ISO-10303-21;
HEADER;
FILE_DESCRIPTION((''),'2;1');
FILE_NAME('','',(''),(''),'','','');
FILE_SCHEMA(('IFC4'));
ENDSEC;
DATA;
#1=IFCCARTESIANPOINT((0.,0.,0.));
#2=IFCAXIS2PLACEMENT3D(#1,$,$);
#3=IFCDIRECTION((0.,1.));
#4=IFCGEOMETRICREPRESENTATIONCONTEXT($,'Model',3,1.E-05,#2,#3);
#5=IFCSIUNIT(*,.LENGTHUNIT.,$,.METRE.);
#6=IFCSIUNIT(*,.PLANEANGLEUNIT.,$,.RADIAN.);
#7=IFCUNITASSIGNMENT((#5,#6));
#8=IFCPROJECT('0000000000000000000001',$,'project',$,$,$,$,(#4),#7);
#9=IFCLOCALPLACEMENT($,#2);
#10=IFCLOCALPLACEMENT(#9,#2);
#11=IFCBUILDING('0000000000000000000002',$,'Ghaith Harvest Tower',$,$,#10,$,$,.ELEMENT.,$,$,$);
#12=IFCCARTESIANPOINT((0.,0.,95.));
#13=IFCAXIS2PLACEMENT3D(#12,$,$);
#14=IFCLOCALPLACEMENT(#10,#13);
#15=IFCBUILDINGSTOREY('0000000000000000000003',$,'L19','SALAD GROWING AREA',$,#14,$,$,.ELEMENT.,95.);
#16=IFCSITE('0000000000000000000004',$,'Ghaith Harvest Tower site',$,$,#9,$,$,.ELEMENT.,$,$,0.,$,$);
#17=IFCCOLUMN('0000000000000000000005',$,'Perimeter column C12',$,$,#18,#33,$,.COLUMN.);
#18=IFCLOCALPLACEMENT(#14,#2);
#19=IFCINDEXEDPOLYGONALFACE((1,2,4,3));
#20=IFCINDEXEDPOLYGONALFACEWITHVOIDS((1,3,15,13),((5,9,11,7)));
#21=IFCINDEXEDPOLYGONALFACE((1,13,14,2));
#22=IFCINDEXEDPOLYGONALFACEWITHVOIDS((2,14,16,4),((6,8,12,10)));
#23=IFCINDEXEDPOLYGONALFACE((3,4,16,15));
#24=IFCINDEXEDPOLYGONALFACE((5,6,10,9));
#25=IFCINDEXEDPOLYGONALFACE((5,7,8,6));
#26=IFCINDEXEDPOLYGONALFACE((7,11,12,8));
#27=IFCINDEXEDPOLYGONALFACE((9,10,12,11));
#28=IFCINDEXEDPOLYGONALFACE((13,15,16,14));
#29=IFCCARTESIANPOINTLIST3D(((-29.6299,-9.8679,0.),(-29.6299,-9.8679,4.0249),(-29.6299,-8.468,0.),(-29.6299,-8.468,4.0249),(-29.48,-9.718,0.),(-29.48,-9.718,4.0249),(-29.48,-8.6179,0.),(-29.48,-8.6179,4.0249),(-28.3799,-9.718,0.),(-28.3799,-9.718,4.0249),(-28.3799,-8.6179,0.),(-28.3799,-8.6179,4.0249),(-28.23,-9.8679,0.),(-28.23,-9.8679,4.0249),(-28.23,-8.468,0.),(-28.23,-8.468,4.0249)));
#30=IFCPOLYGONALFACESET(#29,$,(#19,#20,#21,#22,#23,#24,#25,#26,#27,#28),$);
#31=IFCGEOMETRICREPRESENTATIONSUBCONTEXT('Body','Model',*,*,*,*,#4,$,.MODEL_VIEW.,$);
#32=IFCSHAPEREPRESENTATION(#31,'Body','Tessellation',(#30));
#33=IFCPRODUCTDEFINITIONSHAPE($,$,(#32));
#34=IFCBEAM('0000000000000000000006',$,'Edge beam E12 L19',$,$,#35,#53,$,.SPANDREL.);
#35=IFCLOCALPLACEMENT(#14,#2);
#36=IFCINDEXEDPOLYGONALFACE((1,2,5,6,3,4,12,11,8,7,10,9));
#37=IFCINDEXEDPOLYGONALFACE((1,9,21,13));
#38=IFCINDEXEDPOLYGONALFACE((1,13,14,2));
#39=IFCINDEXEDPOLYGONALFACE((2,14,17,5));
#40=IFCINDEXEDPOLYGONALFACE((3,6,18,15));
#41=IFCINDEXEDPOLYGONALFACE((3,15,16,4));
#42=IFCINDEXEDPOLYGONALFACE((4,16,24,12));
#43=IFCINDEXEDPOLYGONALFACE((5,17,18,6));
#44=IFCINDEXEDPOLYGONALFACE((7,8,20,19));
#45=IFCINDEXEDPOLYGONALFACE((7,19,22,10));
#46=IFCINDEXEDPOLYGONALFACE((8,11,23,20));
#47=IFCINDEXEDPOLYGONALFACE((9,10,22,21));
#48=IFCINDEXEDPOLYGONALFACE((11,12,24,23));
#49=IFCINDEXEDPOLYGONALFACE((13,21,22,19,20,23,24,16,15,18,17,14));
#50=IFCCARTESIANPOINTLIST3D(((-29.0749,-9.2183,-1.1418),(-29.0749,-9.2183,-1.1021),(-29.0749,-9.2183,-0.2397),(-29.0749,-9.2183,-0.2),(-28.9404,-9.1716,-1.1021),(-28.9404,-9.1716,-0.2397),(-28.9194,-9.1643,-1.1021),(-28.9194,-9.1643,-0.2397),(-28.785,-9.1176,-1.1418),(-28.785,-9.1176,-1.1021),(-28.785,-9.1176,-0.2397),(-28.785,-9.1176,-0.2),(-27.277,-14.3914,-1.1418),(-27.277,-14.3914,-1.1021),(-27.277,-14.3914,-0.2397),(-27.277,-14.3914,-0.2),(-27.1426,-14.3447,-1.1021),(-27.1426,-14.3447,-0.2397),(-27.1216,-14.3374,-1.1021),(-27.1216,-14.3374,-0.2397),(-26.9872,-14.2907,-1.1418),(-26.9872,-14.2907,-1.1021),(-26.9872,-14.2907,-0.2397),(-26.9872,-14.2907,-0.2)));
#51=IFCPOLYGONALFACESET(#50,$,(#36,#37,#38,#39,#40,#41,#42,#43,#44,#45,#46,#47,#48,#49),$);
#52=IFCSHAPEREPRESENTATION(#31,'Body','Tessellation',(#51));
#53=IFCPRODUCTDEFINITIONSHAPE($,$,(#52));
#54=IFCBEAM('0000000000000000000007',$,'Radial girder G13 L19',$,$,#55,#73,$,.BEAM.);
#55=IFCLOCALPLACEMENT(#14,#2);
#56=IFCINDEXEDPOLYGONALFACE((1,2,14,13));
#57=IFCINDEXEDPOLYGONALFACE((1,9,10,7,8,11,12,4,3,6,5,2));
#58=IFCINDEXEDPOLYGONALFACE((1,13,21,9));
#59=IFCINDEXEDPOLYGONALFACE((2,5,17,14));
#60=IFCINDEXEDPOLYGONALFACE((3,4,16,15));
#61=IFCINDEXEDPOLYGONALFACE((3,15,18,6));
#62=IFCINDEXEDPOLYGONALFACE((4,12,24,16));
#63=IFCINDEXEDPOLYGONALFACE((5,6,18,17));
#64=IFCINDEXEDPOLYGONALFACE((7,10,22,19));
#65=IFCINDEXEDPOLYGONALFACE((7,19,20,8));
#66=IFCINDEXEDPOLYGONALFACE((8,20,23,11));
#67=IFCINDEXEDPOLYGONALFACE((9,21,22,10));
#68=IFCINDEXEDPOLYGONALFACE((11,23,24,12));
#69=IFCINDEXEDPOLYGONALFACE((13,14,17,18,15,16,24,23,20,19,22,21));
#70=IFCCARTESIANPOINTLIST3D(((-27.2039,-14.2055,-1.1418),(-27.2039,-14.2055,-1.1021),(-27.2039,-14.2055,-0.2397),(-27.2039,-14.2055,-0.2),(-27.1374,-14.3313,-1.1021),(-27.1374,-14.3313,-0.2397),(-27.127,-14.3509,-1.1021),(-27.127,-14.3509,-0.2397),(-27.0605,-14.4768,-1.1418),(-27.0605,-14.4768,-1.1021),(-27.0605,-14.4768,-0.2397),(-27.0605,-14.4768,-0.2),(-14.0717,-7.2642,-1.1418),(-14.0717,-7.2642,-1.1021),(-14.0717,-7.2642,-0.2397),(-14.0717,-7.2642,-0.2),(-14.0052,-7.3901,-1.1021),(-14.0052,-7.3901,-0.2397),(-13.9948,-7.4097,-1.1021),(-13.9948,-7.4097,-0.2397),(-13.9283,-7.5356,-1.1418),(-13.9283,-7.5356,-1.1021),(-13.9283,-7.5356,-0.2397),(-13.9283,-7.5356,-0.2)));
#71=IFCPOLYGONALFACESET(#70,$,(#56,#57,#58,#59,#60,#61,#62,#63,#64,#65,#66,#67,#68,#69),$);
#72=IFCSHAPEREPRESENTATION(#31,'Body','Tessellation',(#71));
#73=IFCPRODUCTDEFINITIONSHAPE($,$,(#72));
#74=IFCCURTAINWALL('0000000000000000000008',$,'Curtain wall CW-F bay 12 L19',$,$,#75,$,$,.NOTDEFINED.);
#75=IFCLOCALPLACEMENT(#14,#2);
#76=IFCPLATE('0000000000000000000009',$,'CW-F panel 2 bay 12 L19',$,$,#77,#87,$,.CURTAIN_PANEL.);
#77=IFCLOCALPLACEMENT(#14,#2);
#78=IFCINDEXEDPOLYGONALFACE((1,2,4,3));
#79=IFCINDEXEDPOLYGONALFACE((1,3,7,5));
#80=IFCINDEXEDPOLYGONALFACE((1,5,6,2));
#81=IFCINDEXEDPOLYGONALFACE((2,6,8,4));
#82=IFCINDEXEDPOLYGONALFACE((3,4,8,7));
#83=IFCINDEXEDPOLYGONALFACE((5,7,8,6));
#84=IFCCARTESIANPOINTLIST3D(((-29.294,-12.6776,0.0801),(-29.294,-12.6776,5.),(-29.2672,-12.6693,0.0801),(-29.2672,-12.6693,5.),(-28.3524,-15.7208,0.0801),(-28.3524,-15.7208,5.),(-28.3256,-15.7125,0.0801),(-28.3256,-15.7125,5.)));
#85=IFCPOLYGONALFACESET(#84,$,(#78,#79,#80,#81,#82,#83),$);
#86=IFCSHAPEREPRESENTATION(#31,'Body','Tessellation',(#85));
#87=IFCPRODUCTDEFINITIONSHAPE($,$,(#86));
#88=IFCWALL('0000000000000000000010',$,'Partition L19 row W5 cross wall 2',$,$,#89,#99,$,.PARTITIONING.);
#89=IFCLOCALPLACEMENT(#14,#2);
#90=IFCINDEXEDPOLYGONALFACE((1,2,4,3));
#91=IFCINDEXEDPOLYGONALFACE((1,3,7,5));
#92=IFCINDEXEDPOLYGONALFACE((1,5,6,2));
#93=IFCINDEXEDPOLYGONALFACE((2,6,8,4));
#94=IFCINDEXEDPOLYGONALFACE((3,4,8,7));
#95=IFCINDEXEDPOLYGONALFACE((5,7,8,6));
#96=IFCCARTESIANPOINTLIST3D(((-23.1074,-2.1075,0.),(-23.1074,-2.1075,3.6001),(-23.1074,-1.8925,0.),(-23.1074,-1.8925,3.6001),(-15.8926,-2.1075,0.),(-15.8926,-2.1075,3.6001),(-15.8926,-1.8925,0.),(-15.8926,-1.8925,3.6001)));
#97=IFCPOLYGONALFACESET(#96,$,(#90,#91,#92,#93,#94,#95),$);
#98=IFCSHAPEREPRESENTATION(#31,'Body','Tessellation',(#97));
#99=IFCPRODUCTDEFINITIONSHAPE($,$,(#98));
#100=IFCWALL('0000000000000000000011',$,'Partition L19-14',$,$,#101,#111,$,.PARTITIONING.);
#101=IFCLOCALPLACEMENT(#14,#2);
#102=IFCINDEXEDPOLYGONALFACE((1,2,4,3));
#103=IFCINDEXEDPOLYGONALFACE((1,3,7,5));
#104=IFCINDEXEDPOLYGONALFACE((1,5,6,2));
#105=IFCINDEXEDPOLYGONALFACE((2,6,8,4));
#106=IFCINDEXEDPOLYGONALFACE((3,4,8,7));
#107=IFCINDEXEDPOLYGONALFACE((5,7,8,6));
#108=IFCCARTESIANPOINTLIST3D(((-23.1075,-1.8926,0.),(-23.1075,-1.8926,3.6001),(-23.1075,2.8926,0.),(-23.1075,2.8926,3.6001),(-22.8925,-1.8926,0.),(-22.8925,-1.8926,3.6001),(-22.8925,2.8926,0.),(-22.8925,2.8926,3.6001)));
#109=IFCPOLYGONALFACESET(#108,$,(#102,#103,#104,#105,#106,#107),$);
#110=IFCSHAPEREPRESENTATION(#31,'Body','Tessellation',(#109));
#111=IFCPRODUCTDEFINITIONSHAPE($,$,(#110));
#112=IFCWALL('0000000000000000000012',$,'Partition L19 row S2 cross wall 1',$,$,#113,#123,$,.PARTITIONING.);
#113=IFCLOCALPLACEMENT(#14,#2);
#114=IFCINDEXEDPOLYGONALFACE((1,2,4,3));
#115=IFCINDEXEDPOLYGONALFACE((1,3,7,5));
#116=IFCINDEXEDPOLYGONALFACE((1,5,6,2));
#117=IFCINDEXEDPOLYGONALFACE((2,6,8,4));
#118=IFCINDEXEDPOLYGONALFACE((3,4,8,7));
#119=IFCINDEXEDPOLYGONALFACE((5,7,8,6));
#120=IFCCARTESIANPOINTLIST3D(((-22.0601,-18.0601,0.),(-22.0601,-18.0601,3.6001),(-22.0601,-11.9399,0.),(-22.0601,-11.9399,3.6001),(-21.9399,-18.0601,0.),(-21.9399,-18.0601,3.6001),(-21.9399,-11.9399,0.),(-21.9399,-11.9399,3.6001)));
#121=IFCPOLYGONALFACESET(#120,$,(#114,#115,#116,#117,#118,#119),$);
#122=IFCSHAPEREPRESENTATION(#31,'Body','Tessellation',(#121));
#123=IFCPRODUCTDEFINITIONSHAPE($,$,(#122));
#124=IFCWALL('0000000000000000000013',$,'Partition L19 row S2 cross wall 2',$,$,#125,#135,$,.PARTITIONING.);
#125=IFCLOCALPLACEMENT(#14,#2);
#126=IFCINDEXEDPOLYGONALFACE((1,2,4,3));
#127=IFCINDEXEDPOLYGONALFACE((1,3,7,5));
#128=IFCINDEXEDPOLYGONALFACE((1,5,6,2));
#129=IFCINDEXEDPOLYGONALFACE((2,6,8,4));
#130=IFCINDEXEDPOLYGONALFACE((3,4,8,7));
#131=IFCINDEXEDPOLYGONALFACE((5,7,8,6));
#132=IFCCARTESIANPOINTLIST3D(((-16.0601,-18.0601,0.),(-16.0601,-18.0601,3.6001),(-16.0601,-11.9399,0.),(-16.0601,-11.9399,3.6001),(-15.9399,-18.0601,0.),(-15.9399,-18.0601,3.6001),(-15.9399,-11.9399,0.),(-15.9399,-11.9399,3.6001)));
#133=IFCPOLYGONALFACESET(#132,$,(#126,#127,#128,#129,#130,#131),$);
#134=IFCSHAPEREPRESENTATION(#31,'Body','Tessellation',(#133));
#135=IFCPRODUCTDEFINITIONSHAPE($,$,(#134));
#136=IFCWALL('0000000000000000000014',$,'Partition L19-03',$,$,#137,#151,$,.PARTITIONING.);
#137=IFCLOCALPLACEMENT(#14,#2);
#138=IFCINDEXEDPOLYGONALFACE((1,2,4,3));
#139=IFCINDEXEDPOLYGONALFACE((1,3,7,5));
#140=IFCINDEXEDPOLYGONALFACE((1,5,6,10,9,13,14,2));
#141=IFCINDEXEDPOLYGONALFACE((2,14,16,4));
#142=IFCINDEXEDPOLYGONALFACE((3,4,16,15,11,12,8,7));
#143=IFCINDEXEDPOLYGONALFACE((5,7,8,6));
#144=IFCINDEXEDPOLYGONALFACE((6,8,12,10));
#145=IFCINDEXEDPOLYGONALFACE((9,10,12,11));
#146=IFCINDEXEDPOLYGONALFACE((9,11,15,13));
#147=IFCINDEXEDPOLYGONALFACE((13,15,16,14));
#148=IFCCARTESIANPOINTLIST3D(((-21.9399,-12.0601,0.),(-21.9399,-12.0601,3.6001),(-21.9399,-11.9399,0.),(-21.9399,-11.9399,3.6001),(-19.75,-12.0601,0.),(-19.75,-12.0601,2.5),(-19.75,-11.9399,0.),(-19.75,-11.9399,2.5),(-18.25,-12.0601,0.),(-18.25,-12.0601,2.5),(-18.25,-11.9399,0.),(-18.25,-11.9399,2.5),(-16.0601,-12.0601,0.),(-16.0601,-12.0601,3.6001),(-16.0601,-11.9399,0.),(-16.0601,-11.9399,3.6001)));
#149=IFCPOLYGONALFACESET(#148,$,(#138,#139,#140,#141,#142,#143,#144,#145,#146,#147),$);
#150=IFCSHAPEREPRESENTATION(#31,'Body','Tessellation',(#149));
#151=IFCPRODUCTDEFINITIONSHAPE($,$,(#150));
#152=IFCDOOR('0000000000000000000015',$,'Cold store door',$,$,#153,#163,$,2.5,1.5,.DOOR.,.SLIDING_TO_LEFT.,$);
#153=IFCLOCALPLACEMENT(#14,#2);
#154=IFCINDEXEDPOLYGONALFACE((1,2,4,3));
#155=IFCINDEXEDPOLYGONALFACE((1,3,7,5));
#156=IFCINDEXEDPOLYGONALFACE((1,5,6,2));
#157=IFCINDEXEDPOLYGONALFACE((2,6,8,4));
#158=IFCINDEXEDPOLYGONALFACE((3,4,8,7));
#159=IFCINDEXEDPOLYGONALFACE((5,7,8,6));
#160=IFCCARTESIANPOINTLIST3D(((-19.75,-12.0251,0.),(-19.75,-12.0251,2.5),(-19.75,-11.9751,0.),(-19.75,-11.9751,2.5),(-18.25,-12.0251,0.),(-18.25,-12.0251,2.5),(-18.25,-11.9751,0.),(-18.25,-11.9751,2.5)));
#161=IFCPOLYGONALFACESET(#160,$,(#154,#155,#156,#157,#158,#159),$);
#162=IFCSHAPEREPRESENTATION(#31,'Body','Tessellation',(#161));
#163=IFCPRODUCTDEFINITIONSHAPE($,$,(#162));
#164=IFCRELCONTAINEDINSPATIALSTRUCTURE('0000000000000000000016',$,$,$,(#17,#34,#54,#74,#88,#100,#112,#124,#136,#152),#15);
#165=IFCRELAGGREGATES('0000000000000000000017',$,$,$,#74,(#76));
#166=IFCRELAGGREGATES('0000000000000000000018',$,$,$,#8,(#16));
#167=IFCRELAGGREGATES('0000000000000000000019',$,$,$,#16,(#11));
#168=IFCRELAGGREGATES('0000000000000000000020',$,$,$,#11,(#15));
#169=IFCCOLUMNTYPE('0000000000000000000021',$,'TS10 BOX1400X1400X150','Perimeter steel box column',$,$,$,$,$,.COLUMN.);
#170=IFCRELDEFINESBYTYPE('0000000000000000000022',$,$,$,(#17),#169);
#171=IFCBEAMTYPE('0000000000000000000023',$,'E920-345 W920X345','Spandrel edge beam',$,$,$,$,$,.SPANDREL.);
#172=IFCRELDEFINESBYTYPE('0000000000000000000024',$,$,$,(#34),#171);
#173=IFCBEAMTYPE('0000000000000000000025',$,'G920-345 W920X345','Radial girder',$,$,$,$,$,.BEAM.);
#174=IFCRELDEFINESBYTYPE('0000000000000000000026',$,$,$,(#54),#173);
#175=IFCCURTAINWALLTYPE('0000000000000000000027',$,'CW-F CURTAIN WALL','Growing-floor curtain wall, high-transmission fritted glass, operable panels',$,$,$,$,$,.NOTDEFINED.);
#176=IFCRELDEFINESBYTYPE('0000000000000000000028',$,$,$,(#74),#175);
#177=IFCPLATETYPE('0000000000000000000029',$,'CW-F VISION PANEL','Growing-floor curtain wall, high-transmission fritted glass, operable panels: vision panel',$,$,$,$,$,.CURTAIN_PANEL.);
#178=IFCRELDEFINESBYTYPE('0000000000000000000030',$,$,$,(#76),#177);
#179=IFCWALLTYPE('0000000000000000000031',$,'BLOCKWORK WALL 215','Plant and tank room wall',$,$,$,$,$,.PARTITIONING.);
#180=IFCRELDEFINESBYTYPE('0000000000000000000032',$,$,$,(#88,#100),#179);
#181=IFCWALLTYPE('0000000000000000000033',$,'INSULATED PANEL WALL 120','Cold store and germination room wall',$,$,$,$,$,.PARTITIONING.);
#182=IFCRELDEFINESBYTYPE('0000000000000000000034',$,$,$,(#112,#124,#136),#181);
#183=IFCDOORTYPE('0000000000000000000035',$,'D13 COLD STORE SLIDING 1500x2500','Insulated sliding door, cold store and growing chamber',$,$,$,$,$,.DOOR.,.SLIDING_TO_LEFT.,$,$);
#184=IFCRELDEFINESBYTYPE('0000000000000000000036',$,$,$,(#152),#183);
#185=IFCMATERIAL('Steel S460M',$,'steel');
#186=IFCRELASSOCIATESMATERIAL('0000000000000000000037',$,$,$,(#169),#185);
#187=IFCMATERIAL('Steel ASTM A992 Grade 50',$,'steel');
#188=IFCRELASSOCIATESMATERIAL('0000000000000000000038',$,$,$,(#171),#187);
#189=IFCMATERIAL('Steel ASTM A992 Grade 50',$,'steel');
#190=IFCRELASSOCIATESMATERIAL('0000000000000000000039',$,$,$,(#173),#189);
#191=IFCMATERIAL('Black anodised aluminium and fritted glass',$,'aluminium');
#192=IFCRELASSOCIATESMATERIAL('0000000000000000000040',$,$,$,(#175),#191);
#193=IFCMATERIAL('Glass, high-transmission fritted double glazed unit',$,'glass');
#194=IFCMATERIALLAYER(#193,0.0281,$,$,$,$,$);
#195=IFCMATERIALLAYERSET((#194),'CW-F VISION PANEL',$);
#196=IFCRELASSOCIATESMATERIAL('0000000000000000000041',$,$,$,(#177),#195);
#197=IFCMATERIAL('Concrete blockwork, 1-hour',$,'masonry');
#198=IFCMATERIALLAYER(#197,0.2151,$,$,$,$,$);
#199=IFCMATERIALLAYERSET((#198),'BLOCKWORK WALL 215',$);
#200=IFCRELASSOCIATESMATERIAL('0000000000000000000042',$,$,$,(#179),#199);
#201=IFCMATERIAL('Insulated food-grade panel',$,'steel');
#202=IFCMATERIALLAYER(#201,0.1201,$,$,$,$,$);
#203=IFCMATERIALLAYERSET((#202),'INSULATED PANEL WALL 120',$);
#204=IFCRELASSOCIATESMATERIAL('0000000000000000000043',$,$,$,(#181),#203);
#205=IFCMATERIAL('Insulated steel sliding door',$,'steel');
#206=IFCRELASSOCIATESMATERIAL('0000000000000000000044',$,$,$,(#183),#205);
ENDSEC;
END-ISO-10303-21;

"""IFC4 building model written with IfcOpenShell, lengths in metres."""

from ifc_helpers import new_model, si_unit, direction, frame, frame_2d, origin, origin_2d, place, context, subcontext, project, spatial, rectangle, hollow_rectangle, i_section, extrude, material, layer, layer_set, material_profile, profile_set, type_object, element, fill, aggregate, save


model = new_model("IFC4")

# Units and contexts
model_context = context("Model", 3, precision=1e-05, world=origin(), true_north=direction((0.0, 1.0)))
body_context = subcontext(model_context, "Body", "Model", "MODEL_VIEW")
ifc_project = project(units=[si_unit("LENGTHUNIT", "METRE"), si_unit("PLANEANGLEUNIT", "RADIAN")], contexts=[model_context])

# Site, building, storey
site_placement = place(None, origin())
site = spatial("IfcSite", under=ifc_project, at=site_placement, Name="Ghaith Harvest Tower site", CompositionType="ELEMENT", RefElevation=0.0)
building_placement = place(site_placement, origin())
building = spatial("IfcBuilding", under=site, at=building_placement, Name="Ghaith Harvest Tower", CompositionType="ELEMENT")
storey_placement = place(building_placement, frame((0.0, 0.0, 95.0)))
storey = spatial("IfcBuildingStorey", under=building, at=storey_placement, Name="L19", Description="SALAD GROWING AREA", CompositionType="ELEMENT", Elevation=95.0)

# Column
ifc_material_1 = material(Name="Steel S460M", Category="steel")
ifc_material_profile_1 = material_profile(ifc_material_1, hollow_rectangle(XDim=1.3999, YDim=1.3999, WallThickness=0.1499, at=origin_2d()), Name="BOX1400X1400X150")
ifc_profile_set_1 = profile_set([ifc_material_profile_1], Name="Steel S460M")
column_type = type_object("IfcColumnType", Name="TS10 BOX1400X1400X150", Description="Perimeter steel box column", PredefinedType="COLUMN", material=ifc_profile_set_1)
column_placement = place(storey_placement, frame((-28.9299, -9.168, 0.0), z_axis=(0.0, 0.0, 1.0), x_axis=(1.0, 0.0, 0.0)))
element("IfcColumn", 1, at=column_placement, inside=storey, type_object=column_type, Name="Perimeter column C12", PredefinedType="COLUMN", context=body_context, shape_type="SweptSolid", body=[
    extrude(hollow_rectangle(XDim=1.3999, YDim=1.3999, WallThickness=0.1499, at=origin_2d()), origin(), (0.0, 0.0, 1.0), 4.0249),
])

# Beams
ifc_material_2 = material(Name="Steel ASTM A992 Grade 50", Category="steel")
ifc_material_profile_2 = material_profile(ifc_material_2, i_section(OverallWidth=0.3069, OverallDepth=0.9419, WebThickness=0.0222, FlangeThickness=0.0398, at=origin_2d()), Name="W920X345")
ifc_profile_set_2 = profile_set([ifc_material_profile_2], Name="Steel ASTM A992 Grade 50")
beam_type_1 = type_object("IfcBeamType", Name="E920-345 W920X345", Description="Spandrel edge beam", PredefinedType="SPANDREL", material=ifc_profile_set_2)
beam_1_placement = place(storey_placement, frame((-28.9299, -9.168, -0.6709), z_axis=(0.328279, -0.944581, 0.0), x_axis=(0.944581, 0.328279, 0.0)))
element("IfcBeam", 2, at=beam_1_placement, inside=storey, type_object=beam_type_1, Name="Edge beam E12 L19", PredefinedType="SPANDREL", context=body_context, shape_type="SweptSolid", body=[
    extrude(i_section(OverallWidth=0.3069, OverallDepth=0.9419, WebThickness=0.0222, FlangeThickness=0.0398, at=origin_2d()), origin(), (0.0, 0.0, 1.0), 5.4766),
])
ifc_material_3 = material(Name="Steel ASTM A992 Grade 50", Category="steel")
ifc_material_profile_3 = material_profile(ifc_material_3, i_section(OverallWidth=0.3069, OverallDepth=0.9419, WebThickness=0.0222, FlangeThickness=0.0398, at=origin_2d()), Name="W920X345")
ifc_profile_set_3 = profile_set([ifc_material_profile_3], Name="Steel ASTM A992 Grade 50")
beam_type_2 = type_object("IfcBeamType", Name="G920-345 W920X345", Description="Radial girder", PredefinedType="BEAM", material=ifc_profile_set_3)
beam_2_placement = place(storey_placement, frame((-14.0, -7.3999, -0.6709), z_axis=(-0.884097, -0.467303, 0.0), x_axis=(0.467303, -0.884097, 0.0)))
element("IfcBeam", 3, at=beam_2_placement, inside=storey, type_object=beam_type_2, Name="Radial girder G13 L19", PredefinedType="BEAM", context=body_context, shape_type="SweptSolid", body=[
    extrude(i_section(OverallWidth=0.3069, OverallDepth=0.9419, WebThickness=0.0222, FlangeThickness=0.0398, at=origin_2d()), origin(), (0.0, 0.0, 1.0), 14.8538),
])

# Curtain wall, plate
ifc_material_4 = material(Name="Black anodised aluminium and fritted glass", Category="aluminium")
curtain_wall_type = type_object("IfcCurtainWallType", Name="CW-F CURTAIN WALL", Description="Growing-floor curtain wall, high-transmission fritted glass, operable panels", PredefinedType="NOTDEFINED", material=ifc_material_4)
curtain_wall_placement = place(storey_placement, origin())
curtain_wall = element("IfcCurtainWall", 4, at=curtain_wall_placement, inside=storey, type_object=curtain_wall_type, Name="Curtain wall CW-F bay 12 L19", PredefinedType="NOTDEFINED")
ifc_material_5 = material(Name="Glass, high-transmission fritted double glazed unit", Category="glass")
ifc_layer_1 = layer(ifc_material_5, 0.0281)
ifc_layer_set_1 = layer_set([ifc_layer_1], Name="CW-F VISION PANEL")
plate_type = type_object("IfcPlateType", Name="CW-F VISION PANEL", Description="Growing-floor curtain wall, high-transmission fritted glass, operable panels: vision panel", PredefinedType="CURTAIN_PANEL", material=ifc_layer_set_1)
plate_placement = place(storey_placement, frame((-28.8098, -14.1951, 0.0801), z_axis=(0.0, 0.0, 1.0), x_axis=(0.295583, -0.955317, 0.0)))
plate = element("IfcPlate", 5, at=plate_placement, type_object=plate_type, Name="CW-F panel 2 bay 12 L19", PredefinedType="CURTAIN_PANEL", context=body_context, shape_type="SweptSolid", body=[
    extrude(rectangle(XDim=3.1855, YDim=0.0281, at=origin_2d()), origin(), (0.0, 0.0, 1.0), 4.9199),
])
aggregate(curtain_wall, [plate])

# Wall
ifc_material_6 = material(Name="Concrete blockwork, 1-hour", Category="masonry")
ifc_layer_2 = layer(ifc_material_6, 0.2151)
ifc_layer_set_2 = layer_set([ifc_layer_2], Name="BLOCKWORK WALL 215")
wall_type_1 = type_object("IfcWallType", Name="BLOCKWORK WALL 215", Description="Plant and tank room wall", PredefinedType="PARTITIONING", material=ifc_layer_set_2)
wall_1_placement = place(storey_placement, frame((-15.8926, -2.0, 0.0), z_axis=(0.0, 0.0, 1.0), x_axis=(-1.0, 0.0, 0.0)))
element("IfcWall", 6, at=wall_1_placement, inside=storey, type_object=wall_type_1, Name="Partition L19 row W5 cross wall 2", PredefinedType="PARTITIONING", context=body_context, shape_type="SweptSolid", body=[
    extrude(rectangle(XDim=7.2148, YDim=0.2151, at=frame_2d((3.6074, 0.0))), origin(), (0.0, 0.0, 1.0), 3.6001),
])

# Wall
wall_2_placement = place(storey_placement, frame((-23.0, -1.8926, 0.0), z_axis=(0.0, 0.0, 1.0), x_axis=(0.0, 1.0, 0.0)))
element("IfcWall", 7, at=wall_2_placement, inside=storey, type_object=wall_type_1, Name="Partition L19-14", PredefinedType="PARTITIONING", context=body_context, shape_type="SweptSolid", body=[
    extrude(rectangle(XDim=4.7852, YDim=0.2151, at=frame_2d((2.3926, 0.0))), origin(), (0.0, 0.0, 1.0), 3.6001),
])

# Walls
ifc_material_7 = material(Name="Insulated food-grade panel", Category="steel")
ifc_layer_3 = layer(ifc_material_7, 0.1201)
ifc_layer_set_3 = layer_set([ifc_layer_3], Name="INSULATED PANEL WALL 120")
wall_type_2 = type_object("IfcWallType", Name="INSULATED PANEL WALL 120", Description="Cold store and germination room wall", PredefinedType="PARTITIONING", material=ifc_layer_set_3)
for number, where, z_axis, x_axis, name in (
    (8, (-22.0, -11.9399, 0.0), (0.0, 0.0, 1.0), (0.0, -1.0, 0.0), "Partition L19 row S2 cross wall 1"),
    (9, (-16.0, -11.9399, 0.0), (0.0, 0.0, 1.0), (0.0, -1.0, 0.0), "Partition L19 row S2 cross wall 2"),
):
    element("IfcWall", number, at=place(storey_placement, frame(where, z_axis=z_axis, x_axis=x_axis)), inside=storey, type_object=wall_type_2, Name=name, PredefinedType="PARTITIONING", context=body_context, shape_type="SweptSolid", body=[
        extrude(rectangle(XDim=6.1201, YDim=0.1201, at=frame_2d((3.0601, 0.0))), origin(), (0.0, 0.0, 1.0), 3.6001),
    ])

# Wall, opening, door
wall_3_placement = place(storey_placement, frame((-21.9399, -12.0, 0.0), z_axis=(0.0, 0.0, 1.0), x_axis=(1.0, 0.0, 0.0)))
wall_3 = element("IfcWall", 10, at=wall_3_placement, inside=storey, type_object=wall_type_2, Name="Partition L19-03", PredefinedType="PARTITIONING", context=body_context, shape_type="SweptSolid", body=[
    extrude(rectangle(XDim=5.8799, YDim=0.1201, at=frame_2d((2.9399, 0.0))), origin(), (0.0, 0.0, 1.0), 3.6001),
])
opening_1_placement = place(wall_3_placement, frame((2.1899, 0.0, 0.0)))
opening_1 = element("IfcOpeningElement", 11, at=opening_1_placement, cuts=wall_3, PredefinedType="OPENING", context=body_context, shape_type="SweptSolid", body=[
    extrude(rectangle(XDim=1.5, YDim=2.5, at=frame_2d((0.75, 1.25))), frame((0.0, 0.0701, 0.0), z_axis=(0.0, -1.0, 0.0), x_axis=(1.0, 0.0, 0.0)), (0.0, 0.0, 1.0), 0.1401),
])
ifc_material_8 = material(Name="Insulated steel sliding door", Category="steel")
door_type_1 = type_object("IfcDoorType", Name="D13 COLD STORE SLIDING 1500x2500", Description="Insulated sliding door, cold store and growing chamber", OperationType="SLIDING_TO_LEFT", PredefinedType="DOOR", material=ifc_material_8)
door_1_placement = place(opening_1_placement, origin())
door_1 = element("IfcDoor", 12, at=door_1_placement, inside=storey, type_object=door_type_1, Name="Cold store door", OperationType="SLIDING_TO_LEFT", OverallHeight=2.5, OverallWidth=1.5, PredefinedType="DOOR", context=body_context, shape_type="SweptSolid", body=[
    extrude(rectangle(XDim=1.5, YDim=2.5, at=frame_2d((0.75, 1.25))), frame((0.0, 0.0249, 0.0), z_axis=(0.0, -1.0, 0.0), x_axis=(1.0, 0.0, 0.0)), (0.0, 0.0, 1.0), 0.05),
])
fill(opening_1, door_1)

save(model, "model.ifc")
